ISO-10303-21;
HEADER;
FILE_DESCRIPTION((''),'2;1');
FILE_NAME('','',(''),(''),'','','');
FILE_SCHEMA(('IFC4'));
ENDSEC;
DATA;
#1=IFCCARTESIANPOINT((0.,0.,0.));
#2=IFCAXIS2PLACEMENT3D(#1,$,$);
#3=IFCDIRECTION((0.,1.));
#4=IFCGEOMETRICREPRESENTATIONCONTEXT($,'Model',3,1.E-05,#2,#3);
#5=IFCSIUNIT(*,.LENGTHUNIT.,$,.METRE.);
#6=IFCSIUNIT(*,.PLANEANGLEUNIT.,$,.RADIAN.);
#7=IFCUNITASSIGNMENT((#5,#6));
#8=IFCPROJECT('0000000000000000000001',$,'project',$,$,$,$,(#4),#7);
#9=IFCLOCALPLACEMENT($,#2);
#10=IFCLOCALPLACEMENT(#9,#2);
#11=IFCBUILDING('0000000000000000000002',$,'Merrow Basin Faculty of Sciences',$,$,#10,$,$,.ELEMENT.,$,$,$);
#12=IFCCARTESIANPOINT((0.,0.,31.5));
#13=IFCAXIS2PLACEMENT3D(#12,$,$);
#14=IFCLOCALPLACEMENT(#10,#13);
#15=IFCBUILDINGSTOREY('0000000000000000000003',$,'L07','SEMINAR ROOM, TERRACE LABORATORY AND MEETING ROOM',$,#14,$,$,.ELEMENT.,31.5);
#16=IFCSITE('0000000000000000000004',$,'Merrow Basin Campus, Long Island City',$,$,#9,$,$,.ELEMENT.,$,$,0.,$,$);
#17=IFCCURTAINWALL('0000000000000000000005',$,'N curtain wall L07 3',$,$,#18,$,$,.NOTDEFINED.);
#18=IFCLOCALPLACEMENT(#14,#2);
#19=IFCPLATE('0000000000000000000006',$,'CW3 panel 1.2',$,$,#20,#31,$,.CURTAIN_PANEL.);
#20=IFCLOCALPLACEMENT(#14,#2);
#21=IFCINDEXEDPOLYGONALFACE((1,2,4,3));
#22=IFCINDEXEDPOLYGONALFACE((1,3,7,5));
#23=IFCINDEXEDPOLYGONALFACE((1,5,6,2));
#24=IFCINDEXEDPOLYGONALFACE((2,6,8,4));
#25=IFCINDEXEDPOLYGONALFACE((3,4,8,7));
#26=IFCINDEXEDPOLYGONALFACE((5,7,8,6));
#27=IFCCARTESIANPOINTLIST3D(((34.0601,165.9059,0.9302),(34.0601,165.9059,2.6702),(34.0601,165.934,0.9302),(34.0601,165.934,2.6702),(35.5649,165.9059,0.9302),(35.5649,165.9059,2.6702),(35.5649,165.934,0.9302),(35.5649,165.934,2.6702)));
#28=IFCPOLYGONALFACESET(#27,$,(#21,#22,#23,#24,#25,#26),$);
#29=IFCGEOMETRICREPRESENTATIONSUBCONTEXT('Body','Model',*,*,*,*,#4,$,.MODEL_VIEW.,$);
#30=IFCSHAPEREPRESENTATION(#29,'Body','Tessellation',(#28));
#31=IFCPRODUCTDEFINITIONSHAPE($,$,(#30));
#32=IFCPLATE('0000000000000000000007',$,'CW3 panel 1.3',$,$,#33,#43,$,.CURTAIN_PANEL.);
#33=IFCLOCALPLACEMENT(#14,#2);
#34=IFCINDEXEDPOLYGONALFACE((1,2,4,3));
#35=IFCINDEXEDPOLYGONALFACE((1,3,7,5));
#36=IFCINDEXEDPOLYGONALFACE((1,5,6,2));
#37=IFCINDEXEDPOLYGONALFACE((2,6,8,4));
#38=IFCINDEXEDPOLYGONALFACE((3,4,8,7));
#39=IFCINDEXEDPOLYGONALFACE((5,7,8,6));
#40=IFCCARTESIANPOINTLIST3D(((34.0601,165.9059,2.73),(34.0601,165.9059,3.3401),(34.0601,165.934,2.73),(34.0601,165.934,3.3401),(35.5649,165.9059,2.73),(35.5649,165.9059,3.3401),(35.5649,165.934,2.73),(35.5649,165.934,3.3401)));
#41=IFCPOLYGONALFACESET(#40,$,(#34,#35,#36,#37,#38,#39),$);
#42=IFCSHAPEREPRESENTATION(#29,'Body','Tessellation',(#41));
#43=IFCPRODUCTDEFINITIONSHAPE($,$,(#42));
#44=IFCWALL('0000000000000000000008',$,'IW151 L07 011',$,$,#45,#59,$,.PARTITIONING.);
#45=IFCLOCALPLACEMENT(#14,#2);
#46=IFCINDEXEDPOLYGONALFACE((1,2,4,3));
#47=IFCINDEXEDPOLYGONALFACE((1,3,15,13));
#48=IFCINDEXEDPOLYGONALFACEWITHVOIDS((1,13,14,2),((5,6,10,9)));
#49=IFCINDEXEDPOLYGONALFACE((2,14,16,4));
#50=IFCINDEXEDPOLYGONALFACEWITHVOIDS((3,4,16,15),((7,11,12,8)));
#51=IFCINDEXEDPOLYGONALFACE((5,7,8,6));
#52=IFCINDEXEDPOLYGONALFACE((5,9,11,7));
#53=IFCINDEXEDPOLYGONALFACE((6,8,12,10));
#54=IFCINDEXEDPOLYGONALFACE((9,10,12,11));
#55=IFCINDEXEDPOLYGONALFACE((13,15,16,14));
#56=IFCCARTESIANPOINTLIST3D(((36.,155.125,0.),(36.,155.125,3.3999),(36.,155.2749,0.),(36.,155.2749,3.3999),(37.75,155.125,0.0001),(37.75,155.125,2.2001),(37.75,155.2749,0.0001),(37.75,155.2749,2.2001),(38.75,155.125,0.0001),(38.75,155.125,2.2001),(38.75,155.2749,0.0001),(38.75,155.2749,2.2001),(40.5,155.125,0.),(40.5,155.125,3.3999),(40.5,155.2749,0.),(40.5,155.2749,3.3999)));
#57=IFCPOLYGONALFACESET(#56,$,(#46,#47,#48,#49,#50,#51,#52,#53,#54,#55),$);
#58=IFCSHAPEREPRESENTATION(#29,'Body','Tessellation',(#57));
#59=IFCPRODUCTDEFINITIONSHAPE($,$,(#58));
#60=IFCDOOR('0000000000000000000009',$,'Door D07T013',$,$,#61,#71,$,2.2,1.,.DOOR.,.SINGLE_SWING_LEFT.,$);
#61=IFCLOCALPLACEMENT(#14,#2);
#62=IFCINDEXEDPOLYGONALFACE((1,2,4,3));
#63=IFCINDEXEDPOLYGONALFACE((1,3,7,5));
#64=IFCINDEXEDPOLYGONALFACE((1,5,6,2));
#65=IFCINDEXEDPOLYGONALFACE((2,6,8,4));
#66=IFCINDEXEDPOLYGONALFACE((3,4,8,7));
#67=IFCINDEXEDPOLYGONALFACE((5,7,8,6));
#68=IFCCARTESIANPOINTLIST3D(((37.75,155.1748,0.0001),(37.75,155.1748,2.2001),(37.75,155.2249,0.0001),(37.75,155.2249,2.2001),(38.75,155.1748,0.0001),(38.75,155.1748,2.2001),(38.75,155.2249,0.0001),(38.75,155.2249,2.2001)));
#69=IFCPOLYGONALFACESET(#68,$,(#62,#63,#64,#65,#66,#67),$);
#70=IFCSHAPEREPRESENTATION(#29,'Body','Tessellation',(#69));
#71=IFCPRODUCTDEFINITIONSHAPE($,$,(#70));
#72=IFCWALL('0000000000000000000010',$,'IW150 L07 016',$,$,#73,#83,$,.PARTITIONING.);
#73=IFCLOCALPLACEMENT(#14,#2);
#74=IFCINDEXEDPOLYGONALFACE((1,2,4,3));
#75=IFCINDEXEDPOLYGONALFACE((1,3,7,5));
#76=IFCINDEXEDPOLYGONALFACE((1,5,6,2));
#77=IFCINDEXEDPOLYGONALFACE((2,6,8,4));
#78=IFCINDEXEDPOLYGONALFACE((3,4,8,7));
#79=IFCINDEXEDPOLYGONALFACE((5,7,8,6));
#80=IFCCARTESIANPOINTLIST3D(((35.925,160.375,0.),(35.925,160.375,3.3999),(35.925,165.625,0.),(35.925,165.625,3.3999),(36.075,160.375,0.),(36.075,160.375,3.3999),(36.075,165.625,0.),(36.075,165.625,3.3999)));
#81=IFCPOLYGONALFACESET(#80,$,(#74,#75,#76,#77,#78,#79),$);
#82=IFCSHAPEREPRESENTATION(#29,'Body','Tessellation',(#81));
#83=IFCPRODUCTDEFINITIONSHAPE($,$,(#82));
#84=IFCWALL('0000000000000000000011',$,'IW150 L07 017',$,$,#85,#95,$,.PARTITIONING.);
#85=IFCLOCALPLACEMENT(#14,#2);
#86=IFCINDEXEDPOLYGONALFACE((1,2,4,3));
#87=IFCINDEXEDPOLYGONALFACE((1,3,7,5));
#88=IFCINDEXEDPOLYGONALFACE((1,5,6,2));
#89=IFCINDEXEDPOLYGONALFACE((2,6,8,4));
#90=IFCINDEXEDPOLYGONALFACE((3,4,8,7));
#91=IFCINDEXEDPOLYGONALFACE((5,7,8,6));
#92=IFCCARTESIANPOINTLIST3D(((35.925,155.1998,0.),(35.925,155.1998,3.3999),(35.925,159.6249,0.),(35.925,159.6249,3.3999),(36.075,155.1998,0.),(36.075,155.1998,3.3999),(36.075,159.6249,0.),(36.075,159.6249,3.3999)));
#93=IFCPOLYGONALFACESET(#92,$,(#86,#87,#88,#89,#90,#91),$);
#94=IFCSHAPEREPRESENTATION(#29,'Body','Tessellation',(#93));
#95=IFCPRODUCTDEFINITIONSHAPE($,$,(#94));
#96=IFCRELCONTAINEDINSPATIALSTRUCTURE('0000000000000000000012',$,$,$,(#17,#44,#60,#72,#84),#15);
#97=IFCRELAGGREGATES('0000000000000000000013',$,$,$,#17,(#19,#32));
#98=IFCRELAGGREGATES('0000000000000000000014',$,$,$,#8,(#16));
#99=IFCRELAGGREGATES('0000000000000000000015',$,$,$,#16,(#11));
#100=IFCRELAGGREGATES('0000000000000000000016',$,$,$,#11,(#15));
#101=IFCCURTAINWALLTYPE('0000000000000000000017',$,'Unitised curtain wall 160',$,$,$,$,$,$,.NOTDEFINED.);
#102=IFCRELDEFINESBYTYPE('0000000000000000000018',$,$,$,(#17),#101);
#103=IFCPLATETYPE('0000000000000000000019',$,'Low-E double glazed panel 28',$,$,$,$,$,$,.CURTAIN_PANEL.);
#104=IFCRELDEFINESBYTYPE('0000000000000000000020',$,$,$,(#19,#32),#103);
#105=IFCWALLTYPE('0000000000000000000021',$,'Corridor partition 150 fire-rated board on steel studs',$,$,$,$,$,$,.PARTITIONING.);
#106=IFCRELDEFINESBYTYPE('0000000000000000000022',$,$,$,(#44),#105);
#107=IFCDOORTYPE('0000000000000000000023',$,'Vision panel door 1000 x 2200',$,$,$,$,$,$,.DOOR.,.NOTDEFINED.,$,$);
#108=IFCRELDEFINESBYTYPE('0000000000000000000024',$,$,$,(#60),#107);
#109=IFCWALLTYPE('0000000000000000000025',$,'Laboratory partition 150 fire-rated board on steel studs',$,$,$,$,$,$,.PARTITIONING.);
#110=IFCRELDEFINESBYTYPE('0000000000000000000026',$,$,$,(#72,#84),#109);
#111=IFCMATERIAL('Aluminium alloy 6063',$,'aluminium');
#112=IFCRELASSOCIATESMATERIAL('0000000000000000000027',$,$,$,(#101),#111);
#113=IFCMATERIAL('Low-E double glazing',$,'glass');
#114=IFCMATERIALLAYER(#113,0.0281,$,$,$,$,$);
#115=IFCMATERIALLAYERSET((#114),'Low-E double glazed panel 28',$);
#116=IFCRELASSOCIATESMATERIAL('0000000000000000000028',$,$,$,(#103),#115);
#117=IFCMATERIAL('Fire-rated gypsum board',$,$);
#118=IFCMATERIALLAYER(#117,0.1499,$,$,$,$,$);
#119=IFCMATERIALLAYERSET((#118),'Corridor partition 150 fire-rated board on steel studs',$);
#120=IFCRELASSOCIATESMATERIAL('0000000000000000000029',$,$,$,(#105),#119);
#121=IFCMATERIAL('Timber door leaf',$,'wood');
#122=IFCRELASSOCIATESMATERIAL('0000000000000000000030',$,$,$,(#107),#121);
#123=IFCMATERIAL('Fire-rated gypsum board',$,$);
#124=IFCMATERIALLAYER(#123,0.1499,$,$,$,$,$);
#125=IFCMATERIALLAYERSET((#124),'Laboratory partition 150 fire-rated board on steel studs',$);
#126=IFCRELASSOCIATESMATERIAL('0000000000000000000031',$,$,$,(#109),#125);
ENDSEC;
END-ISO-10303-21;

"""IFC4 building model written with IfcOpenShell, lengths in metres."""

from ifc_helpers import new_model, si_unit, direction, frame, frame_2d, origin, origin_2d, place, context, subcontext, project, spatial, rectangle, extrude, material, layer, layer_set, type_object, element, fill, aggregate, save


model = new_model("IFC4")

# Units and contexts
model_context = context("Model", 3, precision=1e-05, world=origin(), true_north=direction((0.0, 1.0)))
body_context = subcontext(model_context, "Body", "Model", "MODEL_VIEW")
ifc_project = project(units=[si_unit("LENGTHUNIT", "METRE"), si_unit("PLANEANGLEUNIT", "RADIAN")], contexts=[model_context])

# Site, building, storey
site_placement = place(None, origin())
site = spatial("IfcSite", under=ifc_project, at=site_placement, Name="Merrow Basin Campus, Long Island City", CompositionType="ELEMENT", RefElevation=0.0)
building_placement = place(site_placement, origin())
building = spatial("IfcBuilding", under=site, at=building_placement, Name="Merrow Basin Faculty of Sciences", CompositionType="ELEMENT")
storey_placement = place(building_placement, frame((0.0, 0.0, 31.5)))
storey = spatial("IfcBuildingStorey", under=building, at=storey_placement, Name="L07", Description="SEMINAR ROOM, TERRACE LABORATORY AND MEETING ROOM", CompositionType="ELEMENT", Elevation=31.5)

# Curtain wall
ifc_material_1 = material(Name="Aluminium alloy 6063", Category="aluminium")
curtain_wall_type = type_object("IfcCurtainWallType", Name="Unitised curtain wall 160", PredefinedType="NOTDEFINED", material=ifc_material_1)
curtain_wall_1_placement = place(storey_placement, origin())
curtain_wall_1 = element("IfcCurtainWall", 1, at=curtain_wall_1_placement, inside=storey, type_object=curtain_wall_type, Name="N curtain wall L07 3", PredefinedType="NOTDEFINED")

# Plates
ifc_material_2 = material(Name="Low-E double glazing", Category="glass")
ifc_layer_1 = layer(ifc_material_2, 0.0281)
ifc_layer_set_1 = layer_set([ifc_layer_1], Name="Low-E double glazed panel 28")
plate_type_1 = type_object("IfcPlateType", Name="Low-E double glazed panel 28", PredefinedType="CURTAIN_PANEL", material=ifc_layer_set_1)
plate_1_placement = place(storey_placement, frame((34.8125, 165.9199, 0.9302), z_axis=(0.0, 0.0, 1.0), x_axis=(1.0, 0.0, 0.0)))
plate_1 = element("IfcPlate", 2, at=plate_1_placement, type_object=plate_type_1, Name="CW3 panel 1.2", PredefinedType="CURTAIN_PANEL", context=body_context, shape_type="SweptSolid", body=[
    extrude(rectangle(XDim=1.5049, YDim=0.0281, at=origin_2d()), origin(), (0.0, 0.0, 1.0), 1.74),
])
plate_2_placement = place(storey_placement, frame((34.8125, 165.9199, 2.73), z_axis=(0.0, 0.0, 1.0), x_axis=(1.0, 0.0, 0.0)))
plate_2 = element("IfcPlate", 3, at=plate_2_placement, type_object=plate_type_1, Name="CW3 panel 1.3", PredefinedType="CURTAIN_PANEL", context=body_context, shape_type="SweptSolid", body=[
    extrude(rectangle(XDim=1.5049, YDim=0.0281, at=origin_2d()), origin(), (0.0, 0.0, 1.0), 0.6101),
])
aggregate(curtain_wall_1, [plate_1, plate_2])

# Wall, opening, door
ifc_material_3 = material(Name="Fire-rated gypsum board")
ifc_layer_2 = layer(ifc_material_3, 0.1499)
ifc_layer_set_2 = layer_set([ifc_layer_2], Name="Corridor partition 150 fire-rated board on steel studs")
wall_type_1 = type_object("IfcWallType", Name="Corridor partition 150 fire-rated board on steel studs", PredefinedType="PARTITIONING", material=ifc_layer_set_2)
wall_1_placement = place(storey_placement, frame((36.0, 155.2, 0.0), z_axis=(0.0, 0.0, 1.0), x_axis=(1.0, 0.0, 0.0)))
wall_1 = element("IfcWall", 4, at=wall_1_placement, inside=storey, type_object=wall_type_1, Name="IW151 L07 011", PredefinedType="PARTITIONING", context=body_context, shape_type="SweptSolid", body=[
    extrude(rectangle(XDim=4.5, YDim=0.1499, at=frame_2d((2.25, 0.0))), origin(), (0.0, 0.0, 1.0), 3.3999),
])
opening_placement = place(wall_1_placement, frame((1.75, 0.0, 0.0)))
opening = element("IfcOpeningElement", 5, at=opening_placement, cuts=wall_1, PredefinedType="OPENING", context=body_context, shape_type="SweptSolid", body=[
    extrude(rectangle(XDim=1.0, YDim=2.2, at=frame_2d((0.5, 1.1001))), frame((0.0, 0.085, 0.0), z_axis=(0.0, -1.0, 0.0), x_axis=(1.0, 0.0, 0.0)), (0.0, 0.0, 1.0), 0.1699),
])
ifc_material_4 = material(Name="Timber door leaf", Category="wood")
door_type = type_object("IfcDoorType", Name="Vision panel door 1000 x 2200", OperationType="NOTDEFINED", PredefinedType="DOOR", material=ifc_material_4)
door_placement = place(opening_placement, origin())
door = element("IfcDoor", 6, at=door_placement, inside=storey, type_object=door_type, Name="Door D07T013", OperationType="SINGLE_SWING_LEFT", OverallHeight=2.2, OverallWidth=1.0, PredefinedType="DOOR", context=body_context, shape_type="SweptSolid", body=[
    extrude(rectangle(XDim=1.0, YDim=2.2, at=frame_2d((0.5, 1.1001))), frame((0.0, 0.0249, 0.0), z_axis=(0.0, -1.0, 0.0), x_axis=(1.0, 0.0, 0.0)), (0.0, 0.0, 1.0), 0.05),
])
fill(opening, door)

# Walls
ifc_material_5 = material(Name="Fire-rated gypsum board")
ifc_layer_3 = layer(ifc_material_5, 0.1499)
ifc_layer_set_3 = layer_set([ifc_layer_3], Name="Laboratory partition 150 fire-rated board on steel studs")
wall_type_2 = type_object("IfcWallType", Name="Laboratory partition 150 fire-rated board on steel studs", PredefinedType="PARTITIONING", material=ifc_layer_set_3)
wall_2_placement = place(storey_placement, frame((36.0, 160.375, 0.0), z_axis=(0.0, 0.0, 1.0), x_axis=(0.0, 1.0, 0.0)))
element("IfcWall", 7, at=wall_2_placement, inside=storey, type_object=wall_type_2, Name="IW150 L07 016", PredefinedType="PARTITIONING", context=body_context, shape_type="SweptSolid", body=[
    extrude(rectangle(XDim=5.25, YDim=0.1499, at=frame_2d((2.625, 0.0))), origin(), (0.0, 0.0, 1.0), 3.3999),
])
wall_3_placement = place(storey_placement, frame((36.0, 155.2, 0.0), z_axis=(0.0, 0.0, 1.0), x_axis=(0.0, 1.0, 0.0)))
element("IfcWall", 8, at=wall_3_placement, inside=storey, type_object=wall_type_2, Name="IW150 L07 017", PredefinedType="PARTITIONING", context=body_context, shape_type="SweptSolid", body=[
    extrude(rectangle(XDim=4.425, YDim=0.1499, at=frame_2d((2.2124, 0.0))), origin(), (0.0, 0.0, 1.0), 3.3999),
])

save(model, "model.ifc")
